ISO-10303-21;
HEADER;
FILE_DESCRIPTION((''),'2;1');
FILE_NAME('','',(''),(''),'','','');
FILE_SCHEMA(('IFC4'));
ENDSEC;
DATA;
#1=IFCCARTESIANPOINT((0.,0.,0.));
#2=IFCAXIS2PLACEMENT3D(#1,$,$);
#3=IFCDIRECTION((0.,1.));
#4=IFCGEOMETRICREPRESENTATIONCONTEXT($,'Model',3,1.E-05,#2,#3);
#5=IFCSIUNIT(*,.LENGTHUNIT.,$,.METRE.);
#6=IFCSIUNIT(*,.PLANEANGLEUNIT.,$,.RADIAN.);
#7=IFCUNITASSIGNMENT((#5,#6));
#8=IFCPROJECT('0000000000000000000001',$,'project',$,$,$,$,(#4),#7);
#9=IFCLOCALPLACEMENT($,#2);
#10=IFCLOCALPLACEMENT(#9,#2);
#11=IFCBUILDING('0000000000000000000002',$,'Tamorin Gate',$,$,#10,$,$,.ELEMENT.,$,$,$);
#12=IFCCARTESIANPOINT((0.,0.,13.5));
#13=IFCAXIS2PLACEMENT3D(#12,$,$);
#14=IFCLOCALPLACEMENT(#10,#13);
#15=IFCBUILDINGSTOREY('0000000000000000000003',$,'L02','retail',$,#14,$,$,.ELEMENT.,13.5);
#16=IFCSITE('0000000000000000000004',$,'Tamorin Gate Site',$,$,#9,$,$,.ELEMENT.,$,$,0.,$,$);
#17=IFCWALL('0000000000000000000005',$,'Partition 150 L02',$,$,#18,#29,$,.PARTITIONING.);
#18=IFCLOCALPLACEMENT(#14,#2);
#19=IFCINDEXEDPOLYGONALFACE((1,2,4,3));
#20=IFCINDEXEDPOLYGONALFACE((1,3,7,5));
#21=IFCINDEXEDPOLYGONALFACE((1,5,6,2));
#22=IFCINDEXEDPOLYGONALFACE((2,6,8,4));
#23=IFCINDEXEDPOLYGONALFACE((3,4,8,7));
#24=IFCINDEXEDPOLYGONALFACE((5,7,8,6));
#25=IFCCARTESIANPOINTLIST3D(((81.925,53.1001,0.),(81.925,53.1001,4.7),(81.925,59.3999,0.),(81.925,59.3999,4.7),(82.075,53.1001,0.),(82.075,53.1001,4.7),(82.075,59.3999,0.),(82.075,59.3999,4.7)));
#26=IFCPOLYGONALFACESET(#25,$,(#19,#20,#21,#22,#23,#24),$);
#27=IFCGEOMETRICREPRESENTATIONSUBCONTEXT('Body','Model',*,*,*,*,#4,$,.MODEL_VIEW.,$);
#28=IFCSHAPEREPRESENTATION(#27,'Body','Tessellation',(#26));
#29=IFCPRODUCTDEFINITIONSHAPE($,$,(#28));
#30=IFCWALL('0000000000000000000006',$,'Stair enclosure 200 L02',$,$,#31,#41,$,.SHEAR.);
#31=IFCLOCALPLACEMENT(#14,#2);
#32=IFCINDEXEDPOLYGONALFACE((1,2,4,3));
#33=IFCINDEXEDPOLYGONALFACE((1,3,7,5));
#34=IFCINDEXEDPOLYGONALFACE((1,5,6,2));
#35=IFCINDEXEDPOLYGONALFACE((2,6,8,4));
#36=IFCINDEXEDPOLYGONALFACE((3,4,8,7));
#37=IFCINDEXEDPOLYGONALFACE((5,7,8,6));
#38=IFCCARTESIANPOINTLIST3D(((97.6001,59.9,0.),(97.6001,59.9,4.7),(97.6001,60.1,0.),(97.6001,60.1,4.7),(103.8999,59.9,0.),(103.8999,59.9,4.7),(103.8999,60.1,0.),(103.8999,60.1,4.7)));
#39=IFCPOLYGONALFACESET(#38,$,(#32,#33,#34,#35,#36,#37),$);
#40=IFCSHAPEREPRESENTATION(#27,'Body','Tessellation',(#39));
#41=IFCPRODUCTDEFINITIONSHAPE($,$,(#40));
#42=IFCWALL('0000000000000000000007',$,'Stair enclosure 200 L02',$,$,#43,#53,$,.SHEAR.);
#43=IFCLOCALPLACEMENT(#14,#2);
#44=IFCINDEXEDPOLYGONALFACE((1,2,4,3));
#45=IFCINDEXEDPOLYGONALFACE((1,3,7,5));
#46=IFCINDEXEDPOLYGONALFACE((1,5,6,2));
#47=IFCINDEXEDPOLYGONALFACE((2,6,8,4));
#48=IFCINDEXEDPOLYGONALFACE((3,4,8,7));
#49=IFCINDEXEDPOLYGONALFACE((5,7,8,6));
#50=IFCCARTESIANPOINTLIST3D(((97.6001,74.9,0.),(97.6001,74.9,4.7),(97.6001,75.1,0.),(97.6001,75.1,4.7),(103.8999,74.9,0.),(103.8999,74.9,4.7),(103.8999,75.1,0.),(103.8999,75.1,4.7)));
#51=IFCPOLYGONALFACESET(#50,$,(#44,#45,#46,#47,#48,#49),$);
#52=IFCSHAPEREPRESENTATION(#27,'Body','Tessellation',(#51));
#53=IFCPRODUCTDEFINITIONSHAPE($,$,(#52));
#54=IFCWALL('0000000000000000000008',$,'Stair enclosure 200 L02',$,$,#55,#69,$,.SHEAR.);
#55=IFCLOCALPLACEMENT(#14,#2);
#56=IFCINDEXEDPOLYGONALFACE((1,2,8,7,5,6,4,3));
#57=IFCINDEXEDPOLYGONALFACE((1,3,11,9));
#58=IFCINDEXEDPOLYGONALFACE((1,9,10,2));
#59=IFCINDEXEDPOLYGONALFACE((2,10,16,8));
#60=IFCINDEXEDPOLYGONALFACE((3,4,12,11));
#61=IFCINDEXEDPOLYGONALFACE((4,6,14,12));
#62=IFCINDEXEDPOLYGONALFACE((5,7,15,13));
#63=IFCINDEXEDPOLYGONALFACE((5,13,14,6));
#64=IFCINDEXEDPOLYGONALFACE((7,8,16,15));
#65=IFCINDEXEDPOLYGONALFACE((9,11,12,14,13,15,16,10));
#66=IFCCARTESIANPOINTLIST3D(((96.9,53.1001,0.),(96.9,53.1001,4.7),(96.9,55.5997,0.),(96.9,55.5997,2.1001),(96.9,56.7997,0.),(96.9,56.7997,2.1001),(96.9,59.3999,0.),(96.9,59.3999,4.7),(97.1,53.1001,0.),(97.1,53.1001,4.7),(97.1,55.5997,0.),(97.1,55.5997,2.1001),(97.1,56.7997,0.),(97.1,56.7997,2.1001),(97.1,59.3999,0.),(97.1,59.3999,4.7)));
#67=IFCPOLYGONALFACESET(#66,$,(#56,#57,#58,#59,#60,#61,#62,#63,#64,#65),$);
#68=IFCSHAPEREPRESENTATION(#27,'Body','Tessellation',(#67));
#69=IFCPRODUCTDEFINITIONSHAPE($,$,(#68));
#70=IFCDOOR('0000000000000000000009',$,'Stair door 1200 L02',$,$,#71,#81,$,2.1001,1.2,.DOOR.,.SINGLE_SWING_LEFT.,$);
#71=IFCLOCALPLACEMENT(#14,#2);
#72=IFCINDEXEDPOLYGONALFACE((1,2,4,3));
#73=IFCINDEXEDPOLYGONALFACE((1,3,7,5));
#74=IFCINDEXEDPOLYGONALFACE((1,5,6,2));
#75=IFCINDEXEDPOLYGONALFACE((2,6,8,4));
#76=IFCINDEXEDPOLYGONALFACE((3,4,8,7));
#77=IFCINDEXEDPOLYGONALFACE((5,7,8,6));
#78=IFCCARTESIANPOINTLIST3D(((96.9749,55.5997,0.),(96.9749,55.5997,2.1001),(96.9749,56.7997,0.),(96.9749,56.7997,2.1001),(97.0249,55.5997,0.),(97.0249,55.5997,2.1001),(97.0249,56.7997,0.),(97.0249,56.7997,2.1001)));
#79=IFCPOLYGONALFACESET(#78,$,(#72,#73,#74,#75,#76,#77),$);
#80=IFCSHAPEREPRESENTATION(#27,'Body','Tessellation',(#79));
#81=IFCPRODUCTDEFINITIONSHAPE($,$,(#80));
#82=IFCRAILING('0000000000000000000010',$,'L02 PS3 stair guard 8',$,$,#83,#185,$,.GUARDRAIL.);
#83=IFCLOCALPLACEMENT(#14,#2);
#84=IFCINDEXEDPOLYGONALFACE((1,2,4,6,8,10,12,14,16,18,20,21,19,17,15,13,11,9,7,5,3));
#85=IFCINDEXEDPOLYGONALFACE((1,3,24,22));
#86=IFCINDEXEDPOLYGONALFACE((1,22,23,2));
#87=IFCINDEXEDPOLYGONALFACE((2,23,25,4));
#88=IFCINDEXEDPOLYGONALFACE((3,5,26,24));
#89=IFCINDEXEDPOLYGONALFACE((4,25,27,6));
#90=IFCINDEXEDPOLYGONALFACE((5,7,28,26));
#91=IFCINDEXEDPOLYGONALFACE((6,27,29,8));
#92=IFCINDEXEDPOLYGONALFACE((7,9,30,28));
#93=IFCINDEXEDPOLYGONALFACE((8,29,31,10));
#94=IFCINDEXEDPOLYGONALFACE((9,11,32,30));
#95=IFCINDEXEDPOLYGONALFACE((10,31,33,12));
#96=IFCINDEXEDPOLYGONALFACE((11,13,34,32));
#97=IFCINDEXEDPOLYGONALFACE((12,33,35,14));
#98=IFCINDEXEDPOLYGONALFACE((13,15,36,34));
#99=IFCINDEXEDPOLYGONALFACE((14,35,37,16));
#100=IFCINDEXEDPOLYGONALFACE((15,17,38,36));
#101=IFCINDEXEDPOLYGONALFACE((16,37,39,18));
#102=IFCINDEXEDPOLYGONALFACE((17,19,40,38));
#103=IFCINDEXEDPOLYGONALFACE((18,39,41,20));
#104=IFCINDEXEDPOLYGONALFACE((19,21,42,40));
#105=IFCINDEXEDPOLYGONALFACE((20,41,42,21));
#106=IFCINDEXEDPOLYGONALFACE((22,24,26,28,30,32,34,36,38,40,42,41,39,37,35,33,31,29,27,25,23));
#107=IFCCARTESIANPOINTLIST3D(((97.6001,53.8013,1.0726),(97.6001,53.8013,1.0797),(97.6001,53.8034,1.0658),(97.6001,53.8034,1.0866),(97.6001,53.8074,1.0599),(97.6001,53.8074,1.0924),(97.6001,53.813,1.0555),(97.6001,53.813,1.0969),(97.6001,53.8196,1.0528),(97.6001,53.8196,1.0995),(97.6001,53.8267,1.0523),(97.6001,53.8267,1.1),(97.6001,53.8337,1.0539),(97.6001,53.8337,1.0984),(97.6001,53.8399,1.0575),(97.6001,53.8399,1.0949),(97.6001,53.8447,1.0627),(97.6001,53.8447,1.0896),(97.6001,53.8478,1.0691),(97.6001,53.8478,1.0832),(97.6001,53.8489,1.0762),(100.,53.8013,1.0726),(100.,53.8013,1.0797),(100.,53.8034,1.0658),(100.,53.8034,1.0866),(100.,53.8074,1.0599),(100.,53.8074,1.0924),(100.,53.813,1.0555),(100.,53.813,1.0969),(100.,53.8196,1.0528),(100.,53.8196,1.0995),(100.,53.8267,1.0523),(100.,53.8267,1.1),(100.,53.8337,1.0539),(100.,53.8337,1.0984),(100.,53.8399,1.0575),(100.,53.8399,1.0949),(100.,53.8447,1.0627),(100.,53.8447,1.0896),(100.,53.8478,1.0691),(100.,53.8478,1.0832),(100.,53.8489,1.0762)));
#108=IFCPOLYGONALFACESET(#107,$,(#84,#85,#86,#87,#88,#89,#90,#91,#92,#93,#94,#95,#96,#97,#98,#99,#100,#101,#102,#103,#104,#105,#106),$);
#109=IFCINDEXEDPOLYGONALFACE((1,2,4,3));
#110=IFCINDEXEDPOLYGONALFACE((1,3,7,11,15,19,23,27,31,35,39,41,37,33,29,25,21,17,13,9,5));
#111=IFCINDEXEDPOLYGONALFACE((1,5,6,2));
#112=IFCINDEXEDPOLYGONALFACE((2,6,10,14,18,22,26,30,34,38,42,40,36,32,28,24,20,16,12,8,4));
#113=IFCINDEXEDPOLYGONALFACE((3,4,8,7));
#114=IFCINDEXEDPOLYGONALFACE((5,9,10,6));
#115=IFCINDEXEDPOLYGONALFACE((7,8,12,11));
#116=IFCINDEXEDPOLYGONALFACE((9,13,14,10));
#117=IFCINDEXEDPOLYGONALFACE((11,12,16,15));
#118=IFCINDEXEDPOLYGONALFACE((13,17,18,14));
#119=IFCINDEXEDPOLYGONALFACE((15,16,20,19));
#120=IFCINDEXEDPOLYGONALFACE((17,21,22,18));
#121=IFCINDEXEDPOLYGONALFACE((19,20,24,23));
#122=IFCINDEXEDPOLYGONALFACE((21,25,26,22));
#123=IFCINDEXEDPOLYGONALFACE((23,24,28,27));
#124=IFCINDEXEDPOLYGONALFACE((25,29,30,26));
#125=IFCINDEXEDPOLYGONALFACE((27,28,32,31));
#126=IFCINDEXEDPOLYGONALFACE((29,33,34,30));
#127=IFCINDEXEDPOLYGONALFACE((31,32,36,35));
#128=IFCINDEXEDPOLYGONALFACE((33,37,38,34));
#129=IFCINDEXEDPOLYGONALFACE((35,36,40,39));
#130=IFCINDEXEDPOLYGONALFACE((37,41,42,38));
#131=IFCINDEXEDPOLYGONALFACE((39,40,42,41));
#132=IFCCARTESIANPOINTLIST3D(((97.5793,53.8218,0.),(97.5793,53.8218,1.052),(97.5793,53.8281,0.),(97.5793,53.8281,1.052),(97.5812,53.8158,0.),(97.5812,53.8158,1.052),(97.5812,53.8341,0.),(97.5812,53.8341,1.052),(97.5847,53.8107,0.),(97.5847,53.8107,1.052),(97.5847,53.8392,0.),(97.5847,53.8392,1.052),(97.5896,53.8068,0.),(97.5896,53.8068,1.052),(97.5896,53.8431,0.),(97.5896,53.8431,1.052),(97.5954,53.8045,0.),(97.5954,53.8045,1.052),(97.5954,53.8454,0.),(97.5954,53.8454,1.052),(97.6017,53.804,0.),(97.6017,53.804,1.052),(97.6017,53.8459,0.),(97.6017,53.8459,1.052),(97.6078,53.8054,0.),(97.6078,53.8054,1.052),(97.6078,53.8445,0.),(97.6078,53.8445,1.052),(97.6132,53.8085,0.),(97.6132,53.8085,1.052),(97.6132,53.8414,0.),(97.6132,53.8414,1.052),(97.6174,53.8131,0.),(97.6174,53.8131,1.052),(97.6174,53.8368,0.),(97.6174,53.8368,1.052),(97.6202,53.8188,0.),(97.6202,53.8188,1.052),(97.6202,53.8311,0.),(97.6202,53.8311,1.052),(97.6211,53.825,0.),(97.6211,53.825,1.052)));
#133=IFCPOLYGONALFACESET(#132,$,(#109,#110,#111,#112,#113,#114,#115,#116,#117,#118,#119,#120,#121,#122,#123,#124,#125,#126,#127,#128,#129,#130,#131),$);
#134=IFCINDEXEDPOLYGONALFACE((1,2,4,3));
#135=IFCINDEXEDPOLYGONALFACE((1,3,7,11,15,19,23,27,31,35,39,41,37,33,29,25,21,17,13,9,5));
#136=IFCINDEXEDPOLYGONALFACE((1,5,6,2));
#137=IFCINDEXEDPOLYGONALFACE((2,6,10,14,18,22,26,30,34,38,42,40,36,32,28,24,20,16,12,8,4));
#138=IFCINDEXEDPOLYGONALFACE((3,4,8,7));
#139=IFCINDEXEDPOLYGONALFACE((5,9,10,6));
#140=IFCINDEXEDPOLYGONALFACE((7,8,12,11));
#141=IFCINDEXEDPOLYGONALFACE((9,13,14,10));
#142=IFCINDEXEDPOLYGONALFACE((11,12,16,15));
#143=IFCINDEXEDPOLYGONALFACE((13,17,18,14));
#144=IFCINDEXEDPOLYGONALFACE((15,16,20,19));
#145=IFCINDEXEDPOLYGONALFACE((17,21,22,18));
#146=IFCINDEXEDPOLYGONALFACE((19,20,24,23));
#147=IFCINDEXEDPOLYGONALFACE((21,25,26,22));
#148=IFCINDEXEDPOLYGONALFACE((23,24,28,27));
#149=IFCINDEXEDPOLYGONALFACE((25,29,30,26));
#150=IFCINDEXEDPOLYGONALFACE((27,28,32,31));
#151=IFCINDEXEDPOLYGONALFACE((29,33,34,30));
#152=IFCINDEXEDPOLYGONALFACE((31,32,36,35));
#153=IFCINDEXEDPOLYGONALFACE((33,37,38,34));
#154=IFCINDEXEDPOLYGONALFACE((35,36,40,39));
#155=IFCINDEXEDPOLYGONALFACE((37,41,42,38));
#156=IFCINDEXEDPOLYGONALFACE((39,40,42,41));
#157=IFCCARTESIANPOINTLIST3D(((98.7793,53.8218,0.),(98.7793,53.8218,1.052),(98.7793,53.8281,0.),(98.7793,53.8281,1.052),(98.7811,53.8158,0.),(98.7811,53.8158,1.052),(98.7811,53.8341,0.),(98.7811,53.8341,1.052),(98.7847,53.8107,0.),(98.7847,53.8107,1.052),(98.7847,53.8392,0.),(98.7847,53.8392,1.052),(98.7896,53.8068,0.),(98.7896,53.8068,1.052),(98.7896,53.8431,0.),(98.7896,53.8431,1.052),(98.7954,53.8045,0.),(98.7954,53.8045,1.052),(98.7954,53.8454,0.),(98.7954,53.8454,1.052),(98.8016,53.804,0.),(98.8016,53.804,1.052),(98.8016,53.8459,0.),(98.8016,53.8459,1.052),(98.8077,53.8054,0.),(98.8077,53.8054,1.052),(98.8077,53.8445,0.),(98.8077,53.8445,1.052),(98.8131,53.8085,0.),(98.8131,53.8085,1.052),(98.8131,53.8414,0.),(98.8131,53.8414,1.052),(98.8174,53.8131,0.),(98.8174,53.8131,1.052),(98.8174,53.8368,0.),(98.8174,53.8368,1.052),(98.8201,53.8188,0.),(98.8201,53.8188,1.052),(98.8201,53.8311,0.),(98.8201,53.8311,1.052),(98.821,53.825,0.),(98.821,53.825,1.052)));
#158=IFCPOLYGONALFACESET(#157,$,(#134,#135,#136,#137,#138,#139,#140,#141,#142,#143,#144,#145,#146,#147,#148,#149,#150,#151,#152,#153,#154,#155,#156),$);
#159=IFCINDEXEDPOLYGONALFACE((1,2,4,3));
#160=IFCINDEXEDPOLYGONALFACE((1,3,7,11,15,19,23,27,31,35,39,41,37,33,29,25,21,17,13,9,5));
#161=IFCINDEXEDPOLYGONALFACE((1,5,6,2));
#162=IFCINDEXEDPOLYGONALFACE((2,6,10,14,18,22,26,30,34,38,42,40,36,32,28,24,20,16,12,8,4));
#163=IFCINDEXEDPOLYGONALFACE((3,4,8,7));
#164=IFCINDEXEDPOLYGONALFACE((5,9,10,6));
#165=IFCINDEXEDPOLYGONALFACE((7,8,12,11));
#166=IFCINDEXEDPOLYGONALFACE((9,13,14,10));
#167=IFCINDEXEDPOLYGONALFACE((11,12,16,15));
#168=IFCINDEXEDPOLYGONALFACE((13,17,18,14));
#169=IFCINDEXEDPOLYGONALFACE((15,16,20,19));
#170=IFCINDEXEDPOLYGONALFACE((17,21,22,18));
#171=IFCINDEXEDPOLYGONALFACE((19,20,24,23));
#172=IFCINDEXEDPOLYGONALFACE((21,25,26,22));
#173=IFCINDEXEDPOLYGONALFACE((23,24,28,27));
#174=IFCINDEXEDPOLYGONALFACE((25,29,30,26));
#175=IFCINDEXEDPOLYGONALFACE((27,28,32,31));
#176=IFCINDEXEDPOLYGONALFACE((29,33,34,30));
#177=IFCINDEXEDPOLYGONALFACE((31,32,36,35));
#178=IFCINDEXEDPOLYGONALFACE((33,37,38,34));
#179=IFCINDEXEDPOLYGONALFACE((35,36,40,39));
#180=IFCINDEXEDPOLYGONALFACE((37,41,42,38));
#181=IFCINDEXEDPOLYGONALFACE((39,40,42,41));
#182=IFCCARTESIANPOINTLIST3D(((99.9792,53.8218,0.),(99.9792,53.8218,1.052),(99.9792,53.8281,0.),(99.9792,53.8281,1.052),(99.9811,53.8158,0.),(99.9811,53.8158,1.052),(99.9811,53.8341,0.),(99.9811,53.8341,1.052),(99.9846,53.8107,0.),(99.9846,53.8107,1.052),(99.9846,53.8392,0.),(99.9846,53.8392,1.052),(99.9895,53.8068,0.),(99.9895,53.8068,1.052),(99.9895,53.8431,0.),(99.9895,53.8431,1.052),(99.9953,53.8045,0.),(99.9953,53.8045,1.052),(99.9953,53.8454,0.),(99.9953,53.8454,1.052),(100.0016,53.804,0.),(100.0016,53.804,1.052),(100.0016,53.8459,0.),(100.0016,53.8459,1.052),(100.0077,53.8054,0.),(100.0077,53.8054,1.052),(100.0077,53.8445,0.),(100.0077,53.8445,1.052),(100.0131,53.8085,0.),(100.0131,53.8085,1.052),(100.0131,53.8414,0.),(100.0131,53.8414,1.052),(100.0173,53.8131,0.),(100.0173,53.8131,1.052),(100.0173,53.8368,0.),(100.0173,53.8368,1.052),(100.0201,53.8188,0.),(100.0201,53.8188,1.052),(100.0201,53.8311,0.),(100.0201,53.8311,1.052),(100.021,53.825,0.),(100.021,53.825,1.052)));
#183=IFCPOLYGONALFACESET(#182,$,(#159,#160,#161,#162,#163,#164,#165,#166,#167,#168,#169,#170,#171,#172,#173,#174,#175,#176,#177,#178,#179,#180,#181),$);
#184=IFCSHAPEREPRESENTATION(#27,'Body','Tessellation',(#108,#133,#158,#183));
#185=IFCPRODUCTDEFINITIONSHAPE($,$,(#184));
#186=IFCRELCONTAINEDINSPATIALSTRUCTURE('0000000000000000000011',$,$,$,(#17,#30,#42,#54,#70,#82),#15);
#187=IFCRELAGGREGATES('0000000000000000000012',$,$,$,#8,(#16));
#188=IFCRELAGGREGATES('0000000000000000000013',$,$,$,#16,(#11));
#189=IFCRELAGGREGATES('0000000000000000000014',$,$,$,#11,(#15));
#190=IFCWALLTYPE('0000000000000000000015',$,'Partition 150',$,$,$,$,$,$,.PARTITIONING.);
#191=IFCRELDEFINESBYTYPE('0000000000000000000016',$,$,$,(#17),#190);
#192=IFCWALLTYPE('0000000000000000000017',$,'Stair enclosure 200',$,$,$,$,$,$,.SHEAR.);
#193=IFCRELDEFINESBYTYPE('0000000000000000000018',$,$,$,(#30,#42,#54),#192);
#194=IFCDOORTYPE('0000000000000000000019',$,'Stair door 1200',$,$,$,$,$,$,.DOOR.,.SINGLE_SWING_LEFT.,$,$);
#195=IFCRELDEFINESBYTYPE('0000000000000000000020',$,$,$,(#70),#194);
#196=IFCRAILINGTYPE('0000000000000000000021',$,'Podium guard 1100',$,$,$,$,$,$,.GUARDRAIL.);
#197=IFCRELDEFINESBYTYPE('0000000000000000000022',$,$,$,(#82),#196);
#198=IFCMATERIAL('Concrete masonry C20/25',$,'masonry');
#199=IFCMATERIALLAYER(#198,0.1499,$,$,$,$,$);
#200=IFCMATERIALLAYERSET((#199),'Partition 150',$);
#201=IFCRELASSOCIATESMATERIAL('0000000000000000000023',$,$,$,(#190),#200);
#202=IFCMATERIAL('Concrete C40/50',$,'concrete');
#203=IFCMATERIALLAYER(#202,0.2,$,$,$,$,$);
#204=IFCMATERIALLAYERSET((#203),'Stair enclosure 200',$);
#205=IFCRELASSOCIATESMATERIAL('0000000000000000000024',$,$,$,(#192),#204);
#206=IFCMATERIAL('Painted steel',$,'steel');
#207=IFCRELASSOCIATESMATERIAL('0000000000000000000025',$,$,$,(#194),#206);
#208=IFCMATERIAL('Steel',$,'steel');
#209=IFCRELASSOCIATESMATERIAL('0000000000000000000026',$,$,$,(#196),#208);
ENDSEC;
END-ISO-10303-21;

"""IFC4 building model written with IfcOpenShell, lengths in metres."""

from ifc_helpers import new_model, si_unit, direction, frame, frame_2d, origin, origin_2d, place, context, subcontext, project, spatial, rectangle, circle, extrude, material, layer, layer_set, type_object, element, fill, save


model = new_model("IFC4")

# Units and contexts
model_context = context("Model", 3, precision=1e-05, world=origin(), true_north=direction((0.0, 1.0)))
body_context = subcontext(model_context, "Body", "Model", "MODEL_VIEW")
ifc_project = project(units=[si_unit("LENGTHUNIT", "METRE"), si_unit("PLANEANGLEUNIT", "RADIAN")], contexts=[model_context])

# Site, building, storey
site_placement = place(None, origin())
site = spatial("IfcSite", under=ifc_project, at=site_placement, Name="Tamorin Gate Site", CompositionType="ELEMENT", RefElevation=0.0)
building_placement = place(site_placement, origin())
building = spatial("IfcBuilding", under=site, at=building_placement, Name="Tamorin Gate", CompositionType="ELEMENT")
storey_placement = place(building_placement, frame((0.0, 0.0, 13.5)))
storey = spatial("IfcBuildingStorey", under=building, at=storey_placement, Name="L02", Description="retail", CompositionType="ELEMENT", Elevation=13.5)

# Shared definitions
ifc_material_1 = material(Name="Concrete masonry C20/25", Category="masonry")
ifc_layer_1 = layer(ifc_material_1, 0.1499)
ifc_layer_set_1 = layer_set([ifc_layer_1], Name="Partition 150")
wall_type_1 = type_object("IfcWallType", Name="Partition 150", PredefinedType="PARTITIONING", material=ifc_layer_set_1)

# Walls
wall_1_placement = place(storey_placement, frame((82.0, 53.1001, 0.0), z_axis=(0.0, 0.0, 1.0), x_axis=(0.0, 1.0, 0.0)))
element("IfcWall", 1, at=wall_1_placement, inside=storey, type_object=wall_type_1, Name="Partition 150 L02", PredefinedType="PARTITIONING", context=body_context, shape_type="SweptSolid", body=[
    extrude(rectangle(XDim=6.2998, YDim=0.1499, at=frame_2d((3.1499, 0.0))), origin(), (0.0, 0.0, 1.0), 4.7),
])
ifc_material_2 = material(Name="Concrete C40/50", Category="concrete")
ifc_layer_2 = layer(ifc_material_2, 0.2)
ifc_layer_set_2 = layer_set([ifc_layer_2], Name="Stair enclosure 200")
wall_type_2 = type_object("IfcWallType", Name="Stair enclosure 200", PredefinedType="SHEAR", material=ifc_layer_set_2)
for number, where, z_axis, x_axis, name in (
    (2, (97.6001, 60.0, 0.0), (0.0, 0.0, 1.0), (1.0, 0.0, 0.0), "Stair enclosure 200 L02"),
    (3, (97.6001, 75.0, 0.0), (0.0, 0.0, 1.0), (1.0, 0.0, 0.0), "Stair enclosure 200 L02"),
):
    element("IfcWall", number, at=place(storey_placement, frame(where, z_axis=z_axis, x_axis=x_axis)), inside=storey, type_object=wall_type_2, Name=name, PredefinedType="SHEAR", context=body_context, shape_type="SweptSolid", body=[
        extrude(rectangle(XDim=6.2998, YDim=0.2, at=frame_2d((3.1499, 0.0))), origin(), (0.0, 0.0, 1.0), 4.7),
    ])

# Wall, opening, door
wall_2_placement = place(storey_placement, frame((97.0, 59.3999, 0.0), z_axis=(0.0, 0.0, 1.0), x_axis=(0.0, -1.0, 0.0)))
wall_2 = element("IfcWall", 4, at=wall_2_placement, inside=storey, type_object=wall_type_2, Name="Stair enclosure 200 L02", PredefinedType="SHEAR", context=body_context, shape_type="SweptSolid", body=[
    extrude(rectangle(XDim=6.2998, YDim=0.2, at=frame_2d((3.1499, 0.0))), origin(), (0.0, 0.0, 1.0), 4.7),
])
opening_1_placement = place(wall_2_placement, frame((2.6001, 0.0, 0.0)))
opening_1 = element("IfcOpeningElement", 5, at=opening_1_placement, cuts=wall_2, PredefinedType="OPENING", context=body_context, shape_type="SweptSolid", body=[
    extrude(rectangle(XDim=1.2, YDim=2.1001, at=frame_2d((0.6001, 1.05))), frame((0.0, 0.1099, 0.0), z_axis=(0.0, -1.0, 0.0), x_axis=(1.0, 0.0, 0.0)), (0.0, 0.0, 1.0), 0.22),
])
ifc_material_3 = material(Name="Painted steel", Category="steel")
door_type_1 = type_object("IfcDoorType", Name="Stair door 1200", OperationType="SINGLE_SWING_LEFT", PredefinedType="DOOR", material=ifc_material_3)
door_1_placement = place(opening_1_placement, origin())
door_1 = element("IfcDoor", 6, at=door_1_placement, inside=storey, type_object=door_type_1, Name="Stair door 1200 L02", OperationType="SINGLE_SWING_LEFT", OverallHeight=2.1001, OverallWidth=1.2, PredefinedType="DOOR", context=body_context, shape_type="SweptSolid", body=[
    extrude(rectangle(XDim=1.2, YDim=2.1001, at=frame_2d((0.6001, 1.05))), frame((0.0, 0.0249, 0.0), z_axis=(0.0, -1.0, 0.0), x_axis=(1.0, 0.0, 0.0)), (0.0, 0.0, 1.0), 0.05),
])
fill(opening_1, door_1)

# Railing
ifc_material_4 = material(Name="Steel", Category="steel")
railing_type = type_object("IfcRailingType", Name="Podium guard 1100", PredefinedType="GUARDRAIL", material=ifc_material_4)
for number, where, name in (
    (7, (97.6001, 53.825, 0.0), "L02 PS3 stair guard 8"),
):
    element("IfcRailing", number, at=place(storey_placement, frame(where)), inside=storey, type_object=railing_type, Name=name, PredefinedType="GUARDRAIL", context=body_context, shape_type="SweptSolid", body=[
        extrude(circle(Radius=0.0239, at=origin_2d()), frame((0.0, 0.0, 1.0762), z_axis=(1.0, 0.0, 0.0), x_axis=(0.0, 1.0, 0.0)), (0.0, 0.0, 1.0), 2.3999),
        extrude(circle(Radius=0.021, at=origin_2d()), origin(), (0.0, 0.0, 1.0), 1.052),
        extrude(circle(Radius=0.021, at=origin_2d()), frame((1.2, 0.0, 0.0)), (0.0, 0.0, 1.0), 1.052),
        extrude(circle(Radius=0.021, at=origin_2d()), frame((2.3999, 0.0, 0.0)), (0.0, 0.0, 1.0), 1.052),
    ])

save(model, "model.ifc")
